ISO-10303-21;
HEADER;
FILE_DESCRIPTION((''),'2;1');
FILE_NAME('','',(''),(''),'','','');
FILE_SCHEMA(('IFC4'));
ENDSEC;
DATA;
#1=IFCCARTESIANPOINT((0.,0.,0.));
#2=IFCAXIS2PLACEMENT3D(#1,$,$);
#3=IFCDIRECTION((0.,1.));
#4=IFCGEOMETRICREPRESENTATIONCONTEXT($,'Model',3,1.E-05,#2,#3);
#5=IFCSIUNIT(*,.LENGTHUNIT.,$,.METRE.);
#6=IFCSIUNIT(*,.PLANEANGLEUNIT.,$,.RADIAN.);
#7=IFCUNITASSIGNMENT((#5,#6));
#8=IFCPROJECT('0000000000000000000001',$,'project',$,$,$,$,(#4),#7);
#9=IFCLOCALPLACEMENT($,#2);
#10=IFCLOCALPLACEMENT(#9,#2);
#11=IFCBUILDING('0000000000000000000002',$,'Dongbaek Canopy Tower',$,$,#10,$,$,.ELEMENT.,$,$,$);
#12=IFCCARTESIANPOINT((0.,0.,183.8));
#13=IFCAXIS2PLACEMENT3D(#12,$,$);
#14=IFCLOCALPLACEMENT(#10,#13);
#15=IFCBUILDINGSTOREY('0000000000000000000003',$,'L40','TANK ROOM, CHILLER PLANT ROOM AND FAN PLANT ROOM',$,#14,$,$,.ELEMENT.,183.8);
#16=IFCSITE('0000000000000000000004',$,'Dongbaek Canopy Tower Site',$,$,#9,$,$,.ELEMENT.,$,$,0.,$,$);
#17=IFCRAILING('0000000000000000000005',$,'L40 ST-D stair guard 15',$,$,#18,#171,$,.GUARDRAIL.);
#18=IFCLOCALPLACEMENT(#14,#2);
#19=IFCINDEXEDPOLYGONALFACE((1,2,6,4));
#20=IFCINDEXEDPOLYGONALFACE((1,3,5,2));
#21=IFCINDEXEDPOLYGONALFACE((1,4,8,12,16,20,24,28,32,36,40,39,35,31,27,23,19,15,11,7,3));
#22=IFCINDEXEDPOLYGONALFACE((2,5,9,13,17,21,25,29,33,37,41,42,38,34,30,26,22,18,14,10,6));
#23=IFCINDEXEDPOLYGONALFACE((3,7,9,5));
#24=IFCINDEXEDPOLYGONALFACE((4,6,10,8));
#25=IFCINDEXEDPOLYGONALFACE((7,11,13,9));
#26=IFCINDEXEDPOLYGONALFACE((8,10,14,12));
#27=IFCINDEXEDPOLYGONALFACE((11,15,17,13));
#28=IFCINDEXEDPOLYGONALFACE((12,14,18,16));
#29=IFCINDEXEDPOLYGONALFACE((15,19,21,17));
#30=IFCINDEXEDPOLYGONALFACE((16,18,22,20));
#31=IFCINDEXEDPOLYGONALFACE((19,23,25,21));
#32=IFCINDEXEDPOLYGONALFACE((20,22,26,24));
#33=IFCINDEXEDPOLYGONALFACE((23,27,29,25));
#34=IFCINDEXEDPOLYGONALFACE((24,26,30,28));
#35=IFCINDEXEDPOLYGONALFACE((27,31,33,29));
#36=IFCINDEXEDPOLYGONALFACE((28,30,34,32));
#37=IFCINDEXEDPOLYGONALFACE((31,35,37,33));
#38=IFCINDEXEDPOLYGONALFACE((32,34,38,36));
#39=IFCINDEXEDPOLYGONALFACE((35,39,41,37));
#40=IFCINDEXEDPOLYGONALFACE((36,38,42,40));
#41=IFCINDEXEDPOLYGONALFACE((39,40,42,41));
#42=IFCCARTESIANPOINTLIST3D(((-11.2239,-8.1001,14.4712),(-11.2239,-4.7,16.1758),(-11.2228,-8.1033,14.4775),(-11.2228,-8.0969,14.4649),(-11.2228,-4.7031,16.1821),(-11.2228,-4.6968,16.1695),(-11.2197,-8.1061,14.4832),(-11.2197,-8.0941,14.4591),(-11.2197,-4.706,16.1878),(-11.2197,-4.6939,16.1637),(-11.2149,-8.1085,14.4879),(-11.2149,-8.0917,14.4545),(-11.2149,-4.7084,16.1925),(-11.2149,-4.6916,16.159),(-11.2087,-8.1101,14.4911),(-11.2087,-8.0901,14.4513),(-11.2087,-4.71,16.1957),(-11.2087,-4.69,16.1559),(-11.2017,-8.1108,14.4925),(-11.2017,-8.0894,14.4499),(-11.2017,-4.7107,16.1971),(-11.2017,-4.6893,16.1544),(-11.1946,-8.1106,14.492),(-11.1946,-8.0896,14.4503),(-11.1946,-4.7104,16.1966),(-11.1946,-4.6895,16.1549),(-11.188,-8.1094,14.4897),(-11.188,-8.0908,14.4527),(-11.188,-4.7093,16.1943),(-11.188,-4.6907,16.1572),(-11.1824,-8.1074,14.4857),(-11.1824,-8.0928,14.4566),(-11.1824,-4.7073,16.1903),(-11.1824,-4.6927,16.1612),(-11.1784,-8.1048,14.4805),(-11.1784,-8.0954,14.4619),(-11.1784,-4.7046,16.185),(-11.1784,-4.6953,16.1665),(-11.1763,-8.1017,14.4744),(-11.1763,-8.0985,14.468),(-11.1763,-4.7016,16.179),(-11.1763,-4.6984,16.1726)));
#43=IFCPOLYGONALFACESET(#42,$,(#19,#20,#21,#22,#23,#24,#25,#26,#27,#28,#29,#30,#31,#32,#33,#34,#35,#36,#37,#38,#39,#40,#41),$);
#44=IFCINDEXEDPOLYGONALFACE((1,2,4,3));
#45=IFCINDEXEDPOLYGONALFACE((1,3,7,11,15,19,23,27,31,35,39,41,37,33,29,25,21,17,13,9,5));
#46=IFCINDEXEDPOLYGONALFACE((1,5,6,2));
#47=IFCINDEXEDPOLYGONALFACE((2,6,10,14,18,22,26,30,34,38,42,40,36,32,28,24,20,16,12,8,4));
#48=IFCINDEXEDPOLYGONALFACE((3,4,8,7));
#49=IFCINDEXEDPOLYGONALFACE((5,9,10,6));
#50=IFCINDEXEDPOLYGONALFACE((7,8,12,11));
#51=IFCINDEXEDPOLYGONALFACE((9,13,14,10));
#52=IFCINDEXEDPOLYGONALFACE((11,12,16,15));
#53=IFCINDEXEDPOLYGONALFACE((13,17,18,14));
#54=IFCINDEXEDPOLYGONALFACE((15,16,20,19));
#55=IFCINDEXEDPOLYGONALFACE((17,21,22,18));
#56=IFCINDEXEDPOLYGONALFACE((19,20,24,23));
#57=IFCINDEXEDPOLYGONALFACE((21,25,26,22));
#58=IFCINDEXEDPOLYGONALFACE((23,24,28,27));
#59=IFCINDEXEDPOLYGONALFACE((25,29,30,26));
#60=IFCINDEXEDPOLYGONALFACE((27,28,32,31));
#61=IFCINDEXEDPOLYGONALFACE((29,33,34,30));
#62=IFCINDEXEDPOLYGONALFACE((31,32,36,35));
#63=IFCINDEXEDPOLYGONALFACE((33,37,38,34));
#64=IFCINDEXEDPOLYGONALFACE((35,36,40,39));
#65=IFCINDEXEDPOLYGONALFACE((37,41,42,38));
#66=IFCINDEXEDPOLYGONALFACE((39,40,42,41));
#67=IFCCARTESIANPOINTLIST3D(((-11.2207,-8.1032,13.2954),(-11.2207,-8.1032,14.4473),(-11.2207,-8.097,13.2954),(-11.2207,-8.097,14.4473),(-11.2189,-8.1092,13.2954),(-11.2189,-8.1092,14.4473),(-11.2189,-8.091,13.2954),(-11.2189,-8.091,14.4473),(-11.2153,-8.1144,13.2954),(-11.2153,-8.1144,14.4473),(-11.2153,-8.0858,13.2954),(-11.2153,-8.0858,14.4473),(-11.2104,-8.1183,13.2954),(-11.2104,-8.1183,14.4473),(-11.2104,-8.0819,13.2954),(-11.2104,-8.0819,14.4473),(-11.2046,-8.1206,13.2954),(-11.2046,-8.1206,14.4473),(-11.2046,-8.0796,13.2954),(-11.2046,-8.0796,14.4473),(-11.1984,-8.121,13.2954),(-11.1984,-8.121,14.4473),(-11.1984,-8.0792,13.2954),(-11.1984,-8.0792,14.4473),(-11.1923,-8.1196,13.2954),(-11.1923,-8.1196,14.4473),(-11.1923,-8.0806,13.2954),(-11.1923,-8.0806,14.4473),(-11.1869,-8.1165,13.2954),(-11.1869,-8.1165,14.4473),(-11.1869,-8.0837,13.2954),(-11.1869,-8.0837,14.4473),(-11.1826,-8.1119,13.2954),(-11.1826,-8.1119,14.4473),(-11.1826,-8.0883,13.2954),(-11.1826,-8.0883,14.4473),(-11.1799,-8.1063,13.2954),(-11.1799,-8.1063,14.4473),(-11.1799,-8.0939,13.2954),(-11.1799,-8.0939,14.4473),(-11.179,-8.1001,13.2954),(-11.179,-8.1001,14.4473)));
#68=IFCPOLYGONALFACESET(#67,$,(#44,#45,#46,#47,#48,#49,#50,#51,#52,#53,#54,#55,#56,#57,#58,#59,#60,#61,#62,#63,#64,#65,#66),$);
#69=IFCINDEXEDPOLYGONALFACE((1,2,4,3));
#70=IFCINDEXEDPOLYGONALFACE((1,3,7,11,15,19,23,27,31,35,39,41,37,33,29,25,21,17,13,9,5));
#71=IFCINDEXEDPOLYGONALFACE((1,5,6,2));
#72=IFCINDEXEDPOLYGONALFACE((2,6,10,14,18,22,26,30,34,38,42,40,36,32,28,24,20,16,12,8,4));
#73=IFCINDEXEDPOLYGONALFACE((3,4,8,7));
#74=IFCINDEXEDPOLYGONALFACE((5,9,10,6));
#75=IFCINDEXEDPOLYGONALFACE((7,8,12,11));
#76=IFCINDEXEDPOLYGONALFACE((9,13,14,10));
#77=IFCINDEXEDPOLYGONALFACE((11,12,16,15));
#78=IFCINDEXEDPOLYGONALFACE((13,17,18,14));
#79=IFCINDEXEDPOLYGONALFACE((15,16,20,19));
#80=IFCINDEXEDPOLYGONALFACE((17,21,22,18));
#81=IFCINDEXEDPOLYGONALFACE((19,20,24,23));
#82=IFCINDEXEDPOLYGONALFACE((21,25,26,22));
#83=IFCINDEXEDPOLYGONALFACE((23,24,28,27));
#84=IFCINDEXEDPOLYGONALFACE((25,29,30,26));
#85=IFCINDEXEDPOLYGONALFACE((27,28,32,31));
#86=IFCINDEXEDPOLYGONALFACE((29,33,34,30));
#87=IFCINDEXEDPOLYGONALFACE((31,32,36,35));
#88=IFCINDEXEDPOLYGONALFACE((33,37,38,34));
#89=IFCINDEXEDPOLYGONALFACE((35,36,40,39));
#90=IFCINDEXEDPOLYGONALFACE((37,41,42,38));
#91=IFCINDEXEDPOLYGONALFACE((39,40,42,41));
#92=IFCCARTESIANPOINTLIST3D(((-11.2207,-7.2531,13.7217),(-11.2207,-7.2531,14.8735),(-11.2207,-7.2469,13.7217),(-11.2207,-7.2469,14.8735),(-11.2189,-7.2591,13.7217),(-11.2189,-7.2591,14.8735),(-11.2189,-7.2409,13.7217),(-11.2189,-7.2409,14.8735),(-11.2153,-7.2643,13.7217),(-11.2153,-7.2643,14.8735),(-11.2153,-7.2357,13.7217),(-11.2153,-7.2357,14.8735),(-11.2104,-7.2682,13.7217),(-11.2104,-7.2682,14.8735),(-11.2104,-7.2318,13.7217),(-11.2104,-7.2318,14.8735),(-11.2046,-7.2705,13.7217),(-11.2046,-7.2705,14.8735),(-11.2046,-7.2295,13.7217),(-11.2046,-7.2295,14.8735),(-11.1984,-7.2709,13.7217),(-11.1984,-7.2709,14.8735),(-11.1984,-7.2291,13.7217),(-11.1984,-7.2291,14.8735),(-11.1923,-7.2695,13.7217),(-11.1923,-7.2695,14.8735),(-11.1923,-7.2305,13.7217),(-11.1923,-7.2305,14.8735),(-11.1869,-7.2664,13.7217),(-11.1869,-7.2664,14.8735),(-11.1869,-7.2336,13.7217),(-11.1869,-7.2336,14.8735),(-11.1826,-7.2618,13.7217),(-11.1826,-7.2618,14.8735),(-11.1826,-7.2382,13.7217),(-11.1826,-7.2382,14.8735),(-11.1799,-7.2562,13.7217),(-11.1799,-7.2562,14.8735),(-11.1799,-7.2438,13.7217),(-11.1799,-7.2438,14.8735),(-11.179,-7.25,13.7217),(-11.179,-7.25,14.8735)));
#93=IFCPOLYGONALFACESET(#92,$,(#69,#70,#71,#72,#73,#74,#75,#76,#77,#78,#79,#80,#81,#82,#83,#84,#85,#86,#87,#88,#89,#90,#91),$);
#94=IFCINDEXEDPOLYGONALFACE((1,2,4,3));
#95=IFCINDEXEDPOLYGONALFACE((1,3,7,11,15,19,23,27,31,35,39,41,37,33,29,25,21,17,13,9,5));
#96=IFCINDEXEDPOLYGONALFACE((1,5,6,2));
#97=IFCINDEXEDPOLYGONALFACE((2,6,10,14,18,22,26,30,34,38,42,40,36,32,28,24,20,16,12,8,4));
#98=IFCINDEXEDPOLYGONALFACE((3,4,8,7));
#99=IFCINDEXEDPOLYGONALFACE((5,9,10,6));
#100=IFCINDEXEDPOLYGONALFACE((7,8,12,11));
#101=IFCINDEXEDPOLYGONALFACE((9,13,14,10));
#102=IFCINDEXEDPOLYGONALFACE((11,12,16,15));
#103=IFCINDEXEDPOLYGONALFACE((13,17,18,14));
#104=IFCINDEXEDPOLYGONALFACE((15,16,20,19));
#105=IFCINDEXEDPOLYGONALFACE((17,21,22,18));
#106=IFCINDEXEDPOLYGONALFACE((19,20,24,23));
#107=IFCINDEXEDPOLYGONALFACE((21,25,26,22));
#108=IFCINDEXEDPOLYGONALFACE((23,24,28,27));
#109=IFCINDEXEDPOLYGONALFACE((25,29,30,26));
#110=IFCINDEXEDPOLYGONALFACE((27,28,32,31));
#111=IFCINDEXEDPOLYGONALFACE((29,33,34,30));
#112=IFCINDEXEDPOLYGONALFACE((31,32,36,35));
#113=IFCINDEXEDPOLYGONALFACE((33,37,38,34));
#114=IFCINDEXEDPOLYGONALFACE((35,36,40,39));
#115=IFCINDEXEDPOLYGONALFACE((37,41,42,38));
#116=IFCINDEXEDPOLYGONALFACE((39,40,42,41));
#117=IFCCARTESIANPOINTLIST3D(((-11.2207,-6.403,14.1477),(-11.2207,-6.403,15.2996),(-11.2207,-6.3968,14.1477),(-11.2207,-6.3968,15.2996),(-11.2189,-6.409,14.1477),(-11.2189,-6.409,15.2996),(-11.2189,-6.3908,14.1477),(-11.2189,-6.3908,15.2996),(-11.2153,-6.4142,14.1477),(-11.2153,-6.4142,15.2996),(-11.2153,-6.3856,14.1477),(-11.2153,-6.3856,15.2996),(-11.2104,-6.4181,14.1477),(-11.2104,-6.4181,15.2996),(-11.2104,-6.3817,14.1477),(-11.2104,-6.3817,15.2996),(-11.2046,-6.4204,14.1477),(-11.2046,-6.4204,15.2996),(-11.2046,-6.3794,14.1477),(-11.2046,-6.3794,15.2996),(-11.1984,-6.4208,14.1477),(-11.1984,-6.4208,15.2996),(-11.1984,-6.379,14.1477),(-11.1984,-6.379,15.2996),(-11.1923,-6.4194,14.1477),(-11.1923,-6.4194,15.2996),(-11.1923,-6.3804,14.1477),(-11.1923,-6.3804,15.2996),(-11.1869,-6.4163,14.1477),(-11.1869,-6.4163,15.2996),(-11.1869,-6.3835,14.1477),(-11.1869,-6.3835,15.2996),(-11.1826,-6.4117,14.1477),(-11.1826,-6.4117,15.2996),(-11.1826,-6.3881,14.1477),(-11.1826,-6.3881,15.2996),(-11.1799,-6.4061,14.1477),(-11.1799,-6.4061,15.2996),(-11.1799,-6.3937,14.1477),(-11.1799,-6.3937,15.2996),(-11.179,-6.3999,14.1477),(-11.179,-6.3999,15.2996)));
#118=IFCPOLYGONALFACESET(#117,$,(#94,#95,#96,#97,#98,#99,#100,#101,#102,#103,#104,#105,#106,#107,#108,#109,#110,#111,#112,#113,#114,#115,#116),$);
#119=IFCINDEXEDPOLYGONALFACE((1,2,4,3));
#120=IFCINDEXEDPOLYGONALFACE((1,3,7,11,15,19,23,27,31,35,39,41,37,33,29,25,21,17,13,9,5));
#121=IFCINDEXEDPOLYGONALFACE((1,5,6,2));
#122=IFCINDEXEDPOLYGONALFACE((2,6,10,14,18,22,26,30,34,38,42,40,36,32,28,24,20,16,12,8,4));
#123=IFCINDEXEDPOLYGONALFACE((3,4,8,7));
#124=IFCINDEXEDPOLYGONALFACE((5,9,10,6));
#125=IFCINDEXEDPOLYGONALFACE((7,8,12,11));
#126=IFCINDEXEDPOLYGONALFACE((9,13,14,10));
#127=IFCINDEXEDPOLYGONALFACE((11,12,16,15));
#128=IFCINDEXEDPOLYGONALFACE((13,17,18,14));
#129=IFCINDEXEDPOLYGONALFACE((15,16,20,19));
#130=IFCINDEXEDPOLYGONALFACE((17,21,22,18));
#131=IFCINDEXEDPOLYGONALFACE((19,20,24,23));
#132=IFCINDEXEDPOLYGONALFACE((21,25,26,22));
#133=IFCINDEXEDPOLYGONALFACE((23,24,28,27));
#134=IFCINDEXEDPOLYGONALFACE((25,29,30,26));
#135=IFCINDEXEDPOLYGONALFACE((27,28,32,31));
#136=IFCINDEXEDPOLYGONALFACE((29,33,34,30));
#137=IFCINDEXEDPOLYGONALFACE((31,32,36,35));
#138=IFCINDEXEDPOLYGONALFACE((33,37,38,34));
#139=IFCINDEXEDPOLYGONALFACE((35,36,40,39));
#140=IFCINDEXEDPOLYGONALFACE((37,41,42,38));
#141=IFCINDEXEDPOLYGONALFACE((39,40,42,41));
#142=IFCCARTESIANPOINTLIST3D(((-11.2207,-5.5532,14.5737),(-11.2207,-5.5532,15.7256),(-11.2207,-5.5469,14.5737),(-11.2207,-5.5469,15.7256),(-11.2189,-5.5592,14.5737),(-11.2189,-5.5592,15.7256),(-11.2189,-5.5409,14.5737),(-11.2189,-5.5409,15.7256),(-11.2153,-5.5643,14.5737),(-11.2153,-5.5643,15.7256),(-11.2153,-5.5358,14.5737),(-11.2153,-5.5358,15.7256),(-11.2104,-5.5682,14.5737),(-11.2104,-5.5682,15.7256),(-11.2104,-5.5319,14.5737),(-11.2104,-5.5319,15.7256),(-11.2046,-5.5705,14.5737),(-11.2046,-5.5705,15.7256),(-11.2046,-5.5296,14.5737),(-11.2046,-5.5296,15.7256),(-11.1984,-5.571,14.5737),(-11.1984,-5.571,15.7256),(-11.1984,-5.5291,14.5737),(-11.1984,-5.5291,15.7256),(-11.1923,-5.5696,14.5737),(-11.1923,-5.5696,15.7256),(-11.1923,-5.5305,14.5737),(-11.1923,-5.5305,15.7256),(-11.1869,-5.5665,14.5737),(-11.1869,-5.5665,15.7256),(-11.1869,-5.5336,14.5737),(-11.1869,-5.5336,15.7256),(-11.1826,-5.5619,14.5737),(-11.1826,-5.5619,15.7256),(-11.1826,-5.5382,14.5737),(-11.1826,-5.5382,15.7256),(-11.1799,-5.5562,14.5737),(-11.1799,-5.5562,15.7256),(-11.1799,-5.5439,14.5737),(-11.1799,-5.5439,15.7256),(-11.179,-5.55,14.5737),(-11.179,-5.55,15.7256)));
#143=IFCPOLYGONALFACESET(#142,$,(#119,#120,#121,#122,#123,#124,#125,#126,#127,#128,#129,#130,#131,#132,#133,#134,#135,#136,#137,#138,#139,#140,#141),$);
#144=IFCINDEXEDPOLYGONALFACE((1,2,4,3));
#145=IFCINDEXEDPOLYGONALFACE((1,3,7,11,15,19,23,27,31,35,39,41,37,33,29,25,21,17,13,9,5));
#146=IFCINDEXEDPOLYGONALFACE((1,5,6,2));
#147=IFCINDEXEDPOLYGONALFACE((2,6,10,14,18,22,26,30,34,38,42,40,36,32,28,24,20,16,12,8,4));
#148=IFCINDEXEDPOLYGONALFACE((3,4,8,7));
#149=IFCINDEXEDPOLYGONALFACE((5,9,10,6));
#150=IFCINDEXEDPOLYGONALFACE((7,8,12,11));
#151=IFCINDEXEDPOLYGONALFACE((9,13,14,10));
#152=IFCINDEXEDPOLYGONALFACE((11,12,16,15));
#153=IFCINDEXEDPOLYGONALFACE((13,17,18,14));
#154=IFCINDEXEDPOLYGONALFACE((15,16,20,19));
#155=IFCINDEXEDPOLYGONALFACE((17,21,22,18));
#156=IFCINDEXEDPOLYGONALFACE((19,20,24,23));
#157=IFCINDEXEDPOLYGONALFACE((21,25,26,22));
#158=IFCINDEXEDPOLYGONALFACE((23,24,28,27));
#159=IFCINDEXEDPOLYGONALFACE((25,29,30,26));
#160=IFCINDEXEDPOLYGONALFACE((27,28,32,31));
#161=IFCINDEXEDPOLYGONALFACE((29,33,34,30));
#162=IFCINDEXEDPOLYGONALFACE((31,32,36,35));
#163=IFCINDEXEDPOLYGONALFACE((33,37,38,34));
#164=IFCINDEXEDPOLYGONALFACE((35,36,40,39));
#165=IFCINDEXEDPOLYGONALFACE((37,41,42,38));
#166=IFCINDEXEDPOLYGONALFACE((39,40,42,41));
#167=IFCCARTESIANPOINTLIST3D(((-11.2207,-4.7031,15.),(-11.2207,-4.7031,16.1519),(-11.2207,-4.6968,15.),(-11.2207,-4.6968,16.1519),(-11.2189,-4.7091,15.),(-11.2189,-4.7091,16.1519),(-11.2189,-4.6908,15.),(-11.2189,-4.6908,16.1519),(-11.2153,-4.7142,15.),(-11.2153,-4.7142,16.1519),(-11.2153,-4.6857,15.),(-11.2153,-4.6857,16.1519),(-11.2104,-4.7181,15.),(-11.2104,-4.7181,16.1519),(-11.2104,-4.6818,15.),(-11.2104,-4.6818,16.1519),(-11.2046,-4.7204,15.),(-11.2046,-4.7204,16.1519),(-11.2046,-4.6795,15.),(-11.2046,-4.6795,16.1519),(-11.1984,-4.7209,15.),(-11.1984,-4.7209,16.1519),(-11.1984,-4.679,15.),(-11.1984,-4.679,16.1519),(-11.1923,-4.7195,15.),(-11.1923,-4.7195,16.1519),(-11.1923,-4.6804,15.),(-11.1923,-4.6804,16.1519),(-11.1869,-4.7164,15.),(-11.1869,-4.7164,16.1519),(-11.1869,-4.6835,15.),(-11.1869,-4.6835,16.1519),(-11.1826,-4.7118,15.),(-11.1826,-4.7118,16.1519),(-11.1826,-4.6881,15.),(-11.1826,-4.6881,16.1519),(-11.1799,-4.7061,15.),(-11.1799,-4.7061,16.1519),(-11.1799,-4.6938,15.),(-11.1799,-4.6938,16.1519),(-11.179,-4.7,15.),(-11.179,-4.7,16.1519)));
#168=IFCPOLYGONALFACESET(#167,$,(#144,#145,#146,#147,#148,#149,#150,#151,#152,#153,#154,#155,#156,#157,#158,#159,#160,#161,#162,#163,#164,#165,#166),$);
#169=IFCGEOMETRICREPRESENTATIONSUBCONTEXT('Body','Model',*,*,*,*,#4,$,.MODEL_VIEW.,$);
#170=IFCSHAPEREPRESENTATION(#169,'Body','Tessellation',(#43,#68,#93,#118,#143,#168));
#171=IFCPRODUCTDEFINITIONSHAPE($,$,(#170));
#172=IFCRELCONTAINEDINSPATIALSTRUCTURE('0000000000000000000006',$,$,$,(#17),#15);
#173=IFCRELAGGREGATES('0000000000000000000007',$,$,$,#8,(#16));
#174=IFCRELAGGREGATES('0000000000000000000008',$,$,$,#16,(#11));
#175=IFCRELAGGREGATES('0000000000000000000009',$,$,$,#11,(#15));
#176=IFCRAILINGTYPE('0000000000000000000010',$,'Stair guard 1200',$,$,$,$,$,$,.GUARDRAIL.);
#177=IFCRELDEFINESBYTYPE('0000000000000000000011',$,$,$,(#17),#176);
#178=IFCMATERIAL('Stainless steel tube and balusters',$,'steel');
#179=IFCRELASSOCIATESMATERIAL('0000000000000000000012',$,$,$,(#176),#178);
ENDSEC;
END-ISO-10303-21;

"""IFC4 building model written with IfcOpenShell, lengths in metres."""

from ifc_helpers import new_model, si_unit, direction, frame, origin, origin_2d, place, context, subcontext, project, spatial, circle, extrude, material, type_object, element, save


model = new_model("IFC4")

# Units and contexts
model_context = context("Model", 3, precision=1e-05, world=origin(), true_north=direction((0.0, 1.0)))
body_context = subcontext(model_context, "Body", "Model", "MODEL_VIEW")
ifc_project = project(units=[si_unit("LENGTHUNIT", "METRE"), si_unit("PLANEANGLEUNIT", "RADIAN")], contexts=[model_context])

# Site, building, storey
site_placement = place(None, origin())
site = spatial("IfcSite", under=ifc_project, at=site_placement, Name="Dongbaek Canopy Tower Site", CompositionType="ELEMENT", RefElevation=0.0)
building_placement = place(site_placement, origin())
building = spatial("IfcBuilding", under=site, at=building_placement, Name="Dongbaek Canopy Tower", CompositionType="ELEMENT")
storey_placement = place(building_placement, frame((0.0, 0.0, 183.8)))
storey = spatial("IfcBuildingStorey", under=building, at=storey_placement, Name="L40", Description="TANK ROOM, CHILLER PLANT ROOM AND FAN PLANT ROOM", CompositionType="ELEMENT", Elevation=183.8)

# Railing
ifc_material_1 = material(Name="Stainless steel tube and balusters", Category="steel")
railing_type_1 = type_object("IfcRailingType", Name="Stair guard 1200", PredefinedType="GUARDRAIL", material=ifc_material_1)
for number, where, name in (
    (1, (-11.2, -8.1001, 13.2954), "L40 ST-D stair guard 15"),
):
    element("IfcRailing", number, at=place(storey_placement, frame(where)), inside=storey, type_object=railing_type_1, Name=name, PredefinedType="GUARDRAIL", context=body_context, shape_type="SweptSolid", body=[
        extrude(circle(Radius=0.0239, at=origin_2d()), frame((0.0, 0.0, 1.1758), z_axis=(0.0, 0.893952, 0.448163), x_axis=(-1.0, 0.0, 0.0)), (0.0, 0.0, 1.0), 3.8035),
        extrude(circle(Radius=0.021, at=origin_2d()), origin(), (0.0, 0.0, 1.0), 1.1519),
        extrude(circle(Radius=0.021, at=origin_2d()), frame((0.0, 0.8501, 0.4263)), (0.0, 0.0, 1.0), 1.1519),
        extrude(circle(Radius=0.021, at=origin_2d()), frame((0.0, 1.7002, 0.8523)), (0.0, 0.0, 1.0), 1.1519),
        extrude(circle(Radius=0.021, at=origin_2d()), frame((0.0, 2.55, 1.2783)), (0.0, 0.0, 1.0), 1.1519),
        extrude(circle(Radius=0.021, at=origin_2d()), frame((0.0, 3.4001, 1.7046)), (0.0, 0.0, 1.0), 1.1519),
    ])

save(model, "model.ifc")
